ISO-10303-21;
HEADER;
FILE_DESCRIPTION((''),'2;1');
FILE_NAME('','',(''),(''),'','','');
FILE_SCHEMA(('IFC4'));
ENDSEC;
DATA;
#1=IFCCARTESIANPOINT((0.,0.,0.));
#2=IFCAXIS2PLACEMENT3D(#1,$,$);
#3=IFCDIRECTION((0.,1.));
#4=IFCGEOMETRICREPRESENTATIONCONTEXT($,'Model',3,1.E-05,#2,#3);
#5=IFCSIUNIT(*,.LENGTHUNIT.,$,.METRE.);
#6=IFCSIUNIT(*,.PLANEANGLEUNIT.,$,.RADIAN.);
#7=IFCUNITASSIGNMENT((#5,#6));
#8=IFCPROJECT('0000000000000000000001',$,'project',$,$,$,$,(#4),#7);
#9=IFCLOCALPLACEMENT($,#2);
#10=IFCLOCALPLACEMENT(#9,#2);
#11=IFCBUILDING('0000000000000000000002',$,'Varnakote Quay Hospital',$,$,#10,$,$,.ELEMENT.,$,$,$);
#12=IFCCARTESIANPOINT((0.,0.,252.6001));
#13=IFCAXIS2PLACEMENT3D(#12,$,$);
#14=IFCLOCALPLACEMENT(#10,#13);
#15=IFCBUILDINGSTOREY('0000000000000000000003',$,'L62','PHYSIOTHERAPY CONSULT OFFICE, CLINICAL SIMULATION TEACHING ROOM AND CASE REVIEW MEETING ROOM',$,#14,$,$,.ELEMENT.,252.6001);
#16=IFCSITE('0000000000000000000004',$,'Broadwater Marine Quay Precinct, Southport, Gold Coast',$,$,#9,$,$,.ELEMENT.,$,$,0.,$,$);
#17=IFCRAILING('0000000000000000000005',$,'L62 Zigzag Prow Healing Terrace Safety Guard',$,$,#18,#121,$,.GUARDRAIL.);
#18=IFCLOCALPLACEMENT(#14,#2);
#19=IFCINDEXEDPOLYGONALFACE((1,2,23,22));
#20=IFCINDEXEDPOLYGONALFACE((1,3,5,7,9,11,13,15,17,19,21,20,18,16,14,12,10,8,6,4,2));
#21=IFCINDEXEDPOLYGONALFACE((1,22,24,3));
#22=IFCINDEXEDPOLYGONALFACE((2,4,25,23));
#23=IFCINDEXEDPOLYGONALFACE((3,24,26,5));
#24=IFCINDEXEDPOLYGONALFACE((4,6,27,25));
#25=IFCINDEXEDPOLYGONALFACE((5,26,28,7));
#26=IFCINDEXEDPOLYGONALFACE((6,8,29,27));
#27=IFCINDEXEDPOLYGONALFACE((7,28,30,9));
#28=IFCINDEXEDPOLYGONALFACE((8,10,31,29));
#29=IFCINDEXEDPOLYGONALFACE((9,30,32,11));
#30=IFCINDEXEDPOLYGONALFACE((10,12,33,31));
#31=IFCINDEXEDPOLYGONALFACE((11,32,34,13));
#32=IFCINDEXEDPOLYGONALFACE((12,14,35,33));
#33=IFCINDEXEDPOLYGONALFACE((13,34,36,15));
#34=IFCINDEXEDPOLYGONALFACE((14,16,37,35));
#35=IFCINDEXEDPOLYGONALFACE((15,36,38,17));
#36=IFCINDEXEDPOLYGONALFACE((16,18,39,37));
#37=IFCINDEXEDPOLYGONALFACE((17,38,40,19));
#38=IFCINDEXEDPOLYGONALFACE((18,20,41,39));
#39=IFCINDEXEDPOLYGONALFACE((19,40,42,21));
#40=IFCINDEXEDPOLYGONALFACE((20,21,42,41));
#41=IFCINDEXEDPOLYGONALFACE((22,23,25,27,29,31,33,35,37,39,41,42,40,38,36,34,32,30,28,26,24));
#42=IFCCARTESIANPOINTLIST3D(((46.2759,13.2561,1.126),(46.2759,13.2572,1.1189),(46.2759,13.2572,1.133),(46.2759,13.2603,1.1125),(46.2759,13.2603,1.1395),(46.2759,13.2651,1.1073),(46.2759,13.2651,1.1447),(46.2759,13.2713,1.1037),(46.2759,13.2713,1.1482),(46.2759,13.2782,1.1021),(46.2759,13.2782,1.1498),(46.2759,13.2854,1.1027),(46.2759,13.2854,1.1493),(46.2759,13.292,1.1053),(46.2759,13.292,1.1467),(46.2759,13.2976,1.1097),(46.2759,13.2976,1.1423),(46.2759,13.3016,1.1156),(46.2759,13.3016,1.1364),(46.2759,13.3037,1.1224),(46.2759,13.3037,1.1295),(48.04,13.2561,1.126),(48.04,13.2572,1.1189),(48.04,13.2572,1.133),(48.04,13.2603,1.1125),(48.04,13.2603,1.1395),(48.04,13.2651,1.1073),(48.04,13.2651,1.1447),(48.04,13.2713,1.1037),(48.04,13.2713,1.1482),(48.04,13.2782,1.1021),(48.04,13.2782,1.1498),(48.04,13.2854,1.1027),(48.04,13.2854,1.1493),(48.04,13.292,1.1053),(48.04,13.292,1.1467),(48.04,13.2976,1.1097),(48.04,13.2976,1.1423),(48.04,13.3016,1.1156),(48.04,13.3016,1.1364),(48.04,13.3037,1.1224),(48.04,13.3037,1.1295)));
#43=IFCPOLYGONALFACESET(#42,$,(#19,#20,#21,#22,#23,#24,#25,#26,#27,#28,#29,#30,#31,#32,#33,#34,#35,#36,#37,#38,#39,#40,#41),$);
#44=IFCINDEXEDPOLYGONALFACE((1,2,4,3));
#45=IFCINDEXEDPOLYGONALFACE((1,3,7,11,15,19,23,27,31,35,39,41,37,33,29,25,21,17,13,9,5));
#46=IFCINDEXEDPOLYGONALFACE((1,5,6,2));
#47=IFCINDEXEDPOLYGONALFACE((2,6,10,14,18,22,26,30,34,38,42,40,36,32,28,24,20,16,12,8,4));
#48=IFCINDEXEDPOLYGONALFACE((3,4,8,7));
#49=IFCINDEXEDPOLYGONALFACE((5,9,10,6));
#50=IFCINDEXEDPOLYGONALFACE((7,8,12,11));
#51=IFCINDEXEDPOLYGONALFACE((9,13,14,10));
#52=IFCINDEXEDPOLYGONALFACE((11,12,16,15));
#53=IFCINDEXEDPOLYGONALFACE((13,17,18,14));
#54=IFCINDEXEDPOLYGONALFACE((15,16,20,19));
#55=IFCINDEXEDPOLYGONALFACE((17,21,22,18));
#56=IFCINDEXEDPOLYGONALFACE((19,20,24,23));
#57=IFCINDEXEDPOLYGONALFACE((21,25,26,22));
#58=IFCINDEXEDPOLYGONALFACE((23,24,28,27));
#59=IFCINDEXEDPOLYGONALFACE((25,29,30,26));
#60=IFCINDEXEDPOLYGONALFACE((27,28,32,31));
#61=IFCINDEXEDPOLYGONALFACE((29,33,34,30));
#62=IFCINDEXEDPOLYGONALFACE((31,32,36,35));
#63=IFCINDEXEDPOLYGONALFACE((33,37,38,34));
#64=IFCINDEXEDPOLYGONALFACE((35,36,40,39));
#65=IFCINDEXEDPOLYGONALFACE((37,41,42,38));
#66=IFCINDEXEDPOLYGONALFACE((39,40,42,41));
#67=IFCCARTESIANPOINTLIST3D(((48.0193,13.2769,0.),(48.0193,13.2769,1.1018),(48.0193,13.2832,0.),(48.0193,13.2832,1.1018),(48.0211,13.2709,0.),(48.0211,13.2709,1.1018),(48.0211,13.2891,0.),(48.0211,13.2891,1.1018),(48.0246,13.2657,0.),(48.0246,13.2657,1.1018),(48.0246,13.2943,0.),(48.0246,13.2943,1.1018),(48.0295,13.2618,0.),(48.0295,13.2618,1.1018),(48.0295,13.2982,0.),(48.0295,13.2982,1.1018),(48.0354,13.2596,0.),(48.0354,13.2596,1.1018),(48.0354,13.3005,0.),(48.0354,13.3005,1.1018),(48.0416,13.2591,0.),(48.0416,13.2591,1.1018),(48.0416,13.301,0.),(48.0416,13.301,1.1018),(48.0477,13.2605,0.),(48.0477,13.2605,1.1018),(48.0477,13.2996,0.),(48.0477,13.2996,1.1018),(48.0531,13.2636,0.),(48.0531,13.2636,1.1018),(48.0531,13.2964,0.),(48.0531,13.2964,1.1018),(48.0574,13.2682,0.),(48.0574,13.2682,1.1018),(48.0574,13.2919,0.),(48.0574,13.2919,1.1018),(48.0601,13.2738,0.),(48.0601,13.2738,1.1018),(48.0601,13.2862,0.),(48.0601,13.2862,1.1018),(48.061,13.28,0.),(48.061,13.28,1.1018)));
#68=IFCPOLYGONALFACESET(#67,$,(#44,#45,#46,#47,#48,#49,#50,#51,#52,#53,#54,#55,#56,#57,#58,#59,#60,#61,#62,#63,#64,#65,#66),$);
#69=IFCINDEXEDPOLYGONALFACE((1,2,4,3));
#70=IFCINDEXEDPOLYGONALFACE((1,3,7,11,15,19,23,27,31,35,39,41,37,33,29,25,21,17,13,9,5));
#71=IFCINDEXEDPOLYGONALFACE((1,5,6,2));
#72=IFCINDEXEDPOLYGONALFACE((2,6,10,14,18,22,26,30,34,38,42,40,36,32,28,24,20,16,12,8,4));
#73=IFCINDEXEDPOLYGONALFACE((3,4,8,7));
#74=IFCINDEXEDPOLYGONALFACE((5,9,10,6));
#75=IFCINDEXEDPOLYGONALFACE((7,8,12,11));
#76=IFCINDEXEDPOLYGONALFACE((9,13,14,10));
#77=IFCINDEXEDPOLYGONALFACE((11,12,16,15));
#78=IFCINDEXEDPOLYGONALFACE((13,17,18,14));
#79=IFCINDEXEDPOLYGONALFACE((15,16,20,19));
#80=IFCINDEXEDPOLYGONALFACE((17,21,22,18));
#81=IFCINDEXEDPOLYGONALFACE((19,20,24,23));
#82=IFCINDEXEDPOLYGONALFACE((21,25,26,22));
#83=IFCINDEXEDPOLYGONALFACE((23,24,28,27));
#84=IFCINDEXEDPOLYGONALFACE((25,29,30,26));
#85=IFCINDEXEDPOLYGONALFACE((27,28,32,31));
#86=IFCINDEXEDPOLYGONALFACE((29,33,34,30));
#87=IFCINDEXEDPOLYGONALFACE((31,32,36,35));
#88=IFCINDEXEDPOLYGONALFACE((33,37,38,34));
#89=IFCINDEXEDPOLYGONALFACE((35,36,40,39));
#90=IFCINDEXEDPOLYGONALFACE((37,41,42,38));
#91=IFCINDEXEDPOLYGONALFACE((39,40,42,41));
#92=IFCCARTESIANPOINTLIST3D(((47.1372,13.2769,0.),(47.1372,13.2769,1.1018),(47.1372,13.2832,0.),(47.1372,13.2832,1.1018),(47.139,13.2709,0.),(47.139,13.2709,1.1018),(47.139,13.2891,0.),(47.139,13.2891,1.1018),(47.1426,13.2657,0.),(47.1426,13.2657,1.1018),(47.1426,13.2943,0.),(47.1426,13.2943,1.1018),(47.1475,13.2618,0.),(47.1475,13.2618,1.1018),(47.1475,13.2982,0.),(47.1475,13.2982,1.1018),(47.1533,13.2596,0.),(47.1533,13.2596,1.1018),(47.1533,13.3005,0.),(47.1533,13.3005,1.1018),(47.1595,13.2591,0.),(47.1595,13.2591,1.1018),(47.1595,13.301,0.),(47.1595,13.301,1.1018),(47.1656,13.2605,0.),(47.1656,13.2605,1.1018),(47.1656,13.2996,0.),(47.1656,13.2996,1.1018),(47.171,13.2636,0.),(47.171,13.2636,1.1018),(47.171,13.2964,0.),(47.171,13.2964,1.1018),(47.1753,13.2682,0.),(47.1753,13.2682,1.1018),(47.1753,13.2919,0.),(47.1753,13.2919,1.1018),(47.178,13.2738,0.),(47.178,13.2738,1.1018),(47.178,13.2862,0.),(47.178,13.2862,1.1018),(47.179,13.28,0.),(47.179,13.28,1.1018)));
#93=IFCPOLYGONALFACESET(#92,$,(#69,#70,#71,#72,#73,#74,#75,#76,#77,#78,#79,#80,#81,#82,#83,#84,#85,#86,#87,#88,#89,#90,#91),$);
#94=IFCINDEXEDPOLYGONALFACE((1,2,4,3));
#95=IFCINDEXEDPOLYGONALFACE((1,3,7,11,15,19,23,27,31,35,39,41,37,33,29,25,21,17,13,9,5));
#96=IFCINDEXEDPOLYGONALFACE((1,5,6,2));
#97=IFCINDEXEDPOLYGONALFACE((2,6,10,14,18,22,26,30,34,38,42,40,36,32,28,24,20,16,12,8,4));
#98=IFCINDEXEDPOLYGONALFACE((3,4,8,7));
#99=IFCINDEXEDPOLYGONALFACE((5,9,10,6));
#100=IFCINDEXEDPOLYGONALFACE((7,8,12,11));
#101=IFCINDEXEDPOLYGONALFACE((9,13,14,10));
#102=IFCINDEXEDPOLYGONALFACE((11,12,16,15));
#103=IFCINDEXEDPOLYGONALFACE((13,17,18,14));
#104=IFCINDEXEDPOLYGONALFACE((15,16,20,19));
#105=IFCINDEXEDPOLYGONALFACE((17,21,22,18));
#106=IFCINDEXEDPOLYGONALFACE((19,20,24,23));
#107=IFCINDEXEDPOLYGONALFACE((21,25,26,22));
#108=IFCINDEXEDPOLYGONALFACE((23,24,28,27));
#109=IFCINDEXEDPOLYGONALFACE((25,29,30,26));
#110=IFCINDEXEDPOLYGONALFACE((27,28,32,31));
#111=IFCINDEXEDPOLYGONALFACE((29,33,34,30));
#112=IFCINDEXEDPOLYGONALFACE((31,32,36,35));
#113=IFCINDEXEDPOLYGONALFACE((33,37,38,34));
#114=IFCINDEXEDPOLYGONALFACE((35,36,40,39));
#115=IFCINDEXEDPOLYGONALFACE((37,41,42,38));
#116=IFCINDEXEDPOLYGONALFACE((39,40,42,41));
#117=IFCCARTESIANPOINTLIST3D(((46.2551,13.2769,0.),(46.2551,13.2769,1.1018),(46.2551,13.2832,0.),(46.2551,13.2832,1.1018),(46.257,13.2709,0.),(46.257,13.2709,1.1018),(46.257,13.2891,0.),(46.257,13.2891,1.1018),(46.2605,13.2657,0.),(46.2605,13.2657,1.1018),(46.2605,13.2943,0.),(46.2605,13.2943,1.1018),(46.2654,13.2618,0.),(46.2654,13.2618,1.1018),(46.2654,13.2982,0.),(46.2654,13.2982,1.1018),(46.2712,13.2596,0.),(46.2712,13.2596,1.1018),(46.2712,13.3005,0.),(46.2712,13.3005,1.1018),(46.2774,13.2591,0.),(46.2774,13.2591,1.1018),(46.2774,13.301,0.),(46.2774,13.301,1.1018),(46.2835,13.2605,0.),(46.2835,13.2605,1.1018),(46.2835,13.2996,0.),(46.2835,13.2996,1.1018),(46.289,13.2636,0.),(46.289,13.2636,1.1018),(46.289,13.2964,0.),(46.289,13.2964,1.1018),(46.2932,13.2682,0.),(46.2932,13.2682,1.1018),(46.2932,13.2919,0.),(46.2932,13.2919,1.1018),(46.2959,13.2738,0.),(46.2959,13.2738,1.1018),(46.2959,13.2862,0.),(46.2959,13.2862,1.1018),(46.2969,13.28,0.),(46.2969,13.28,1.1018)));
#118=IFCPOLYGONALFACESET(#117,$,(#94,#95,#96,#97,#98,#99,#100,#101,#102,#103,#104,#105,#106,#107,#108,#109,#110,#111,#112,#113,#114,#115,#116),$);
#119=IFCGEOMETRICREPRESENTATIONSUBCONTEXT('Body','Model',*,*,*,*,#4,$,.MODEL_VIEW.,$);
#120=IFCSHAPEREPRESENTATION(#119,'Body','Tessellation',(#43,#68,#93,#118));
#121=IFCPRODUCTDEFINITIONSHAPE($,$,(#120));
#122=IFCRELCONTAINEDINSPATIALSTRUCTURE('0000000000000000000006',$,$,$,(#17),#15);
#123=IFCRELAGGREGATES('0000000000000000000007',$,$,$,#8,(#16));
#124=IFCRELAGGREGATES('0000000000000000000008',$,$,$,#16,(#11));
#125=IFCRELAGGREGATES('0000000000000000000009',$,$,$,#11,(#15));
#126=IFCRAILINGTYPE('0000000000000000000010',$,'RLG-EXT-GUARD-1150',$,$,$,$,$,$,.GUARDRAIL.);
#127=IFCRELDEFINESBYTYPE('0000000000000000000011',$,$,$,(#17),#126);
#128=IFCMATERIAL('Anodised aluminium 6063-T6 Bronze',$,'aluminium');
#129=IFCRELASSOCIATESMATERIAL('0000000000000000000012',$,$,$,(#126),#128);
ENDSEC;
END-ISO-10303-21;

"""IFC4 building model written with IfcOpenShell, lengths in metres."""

from ifc_helpers import new_model, si_unit, direction, frame, origin, origin_2d, place, context, subcontext, project, spatial, circle, extrude, material, type_object, element, save


model = new_model("IFC4")

# Units and contexts
model_context = context("Model", 3, precision=1e-05, world=origin(), true_north=direction((0.0, 1.0)))
body_context = subcontext(model_context, "Body", "Model", "MODEL_VIEW")
ifc_project = project(units=[si_unit("LENGTHUNIT", "METRE"), si_unit("PLANEANGLEUNIT", "RADIAN")], contexts=[model_context])

# Site, building, storey
site_placement = place(None, origin())
site = spatial("IfcSite", under=ifc_project, at=site_placement, Name="Broadwater Marine Quay Precinct, Southport, Gold Coast", CompositionType="ELEMENT", RefElevation=0.0)
building_placement = place(site_placement, origin())
building = spatial("IfcBuilding", under=site, at=building_placement, Name="Varnakote Quay Hospital", CompositionType="ELEMENT")
storey_placement = place(building_placement, frame((0.0, 0.0, 252.6001)))
storey = spatial("IfcBuildingStorey", under=building, at=storey_placement, Name="L62", Description="PHYSIOTHERAPY CONSULT OFFICE, CLINICAL SIMULATION TEACHING ROOM AND CASE REVIEW MEETING ROOM", CompositionType="ELEMENT", Elevation=252.6001)

# Railing
ifc_material_1 = material(Name="Anodised aluminium 6063-T6 Bronze", Category="aluminium")
railing_type = type_object("IfcRailingType", Name="RLG-EXT-GUARD-1150", PredefinedType="GUARDRAIL", material=ifc_material_1)
railing_1_placement = place(storey_placement, frame((48.04, 13.28, 0.0)))
element("IfcRailing", 1, at=railing_1_placement, inside=storey, type_object=railing_type, Name="L62 Zigzag Prow Healing Terrace Safety Guard", PredefinedType="GUARDRAIL", context=body_context, shape_type="SweptSolid", body=[
    extrude(circle(Radius=0.0239, at=origin_2d()), frame((0.0, 0.0, 1.126), z_axis=(-1.0, 0.0, 0.0), x_axis=(0.0, -1.0, 0.0)), (0.0, 0.0, 1.0), 1.7642),
    extrude(circle(Radius=0.021, at=origin_2d()), origin(), (0.0, 0.0, 1.0), 1.1018),
    extrude(circle(Radius=0.021, at=origin_2d()), frame((-0.8821, 0.0, 0.0)), (0.0, 0.0, 1.0), 1.1018),
    extrude(circle(Radius=0.021, at=origin_2d()), frame((-1.7642, 0.0, 0.0)), (0.0, 0.0, 1.0), 1.1018),
])

save(model, "model.ifc")
